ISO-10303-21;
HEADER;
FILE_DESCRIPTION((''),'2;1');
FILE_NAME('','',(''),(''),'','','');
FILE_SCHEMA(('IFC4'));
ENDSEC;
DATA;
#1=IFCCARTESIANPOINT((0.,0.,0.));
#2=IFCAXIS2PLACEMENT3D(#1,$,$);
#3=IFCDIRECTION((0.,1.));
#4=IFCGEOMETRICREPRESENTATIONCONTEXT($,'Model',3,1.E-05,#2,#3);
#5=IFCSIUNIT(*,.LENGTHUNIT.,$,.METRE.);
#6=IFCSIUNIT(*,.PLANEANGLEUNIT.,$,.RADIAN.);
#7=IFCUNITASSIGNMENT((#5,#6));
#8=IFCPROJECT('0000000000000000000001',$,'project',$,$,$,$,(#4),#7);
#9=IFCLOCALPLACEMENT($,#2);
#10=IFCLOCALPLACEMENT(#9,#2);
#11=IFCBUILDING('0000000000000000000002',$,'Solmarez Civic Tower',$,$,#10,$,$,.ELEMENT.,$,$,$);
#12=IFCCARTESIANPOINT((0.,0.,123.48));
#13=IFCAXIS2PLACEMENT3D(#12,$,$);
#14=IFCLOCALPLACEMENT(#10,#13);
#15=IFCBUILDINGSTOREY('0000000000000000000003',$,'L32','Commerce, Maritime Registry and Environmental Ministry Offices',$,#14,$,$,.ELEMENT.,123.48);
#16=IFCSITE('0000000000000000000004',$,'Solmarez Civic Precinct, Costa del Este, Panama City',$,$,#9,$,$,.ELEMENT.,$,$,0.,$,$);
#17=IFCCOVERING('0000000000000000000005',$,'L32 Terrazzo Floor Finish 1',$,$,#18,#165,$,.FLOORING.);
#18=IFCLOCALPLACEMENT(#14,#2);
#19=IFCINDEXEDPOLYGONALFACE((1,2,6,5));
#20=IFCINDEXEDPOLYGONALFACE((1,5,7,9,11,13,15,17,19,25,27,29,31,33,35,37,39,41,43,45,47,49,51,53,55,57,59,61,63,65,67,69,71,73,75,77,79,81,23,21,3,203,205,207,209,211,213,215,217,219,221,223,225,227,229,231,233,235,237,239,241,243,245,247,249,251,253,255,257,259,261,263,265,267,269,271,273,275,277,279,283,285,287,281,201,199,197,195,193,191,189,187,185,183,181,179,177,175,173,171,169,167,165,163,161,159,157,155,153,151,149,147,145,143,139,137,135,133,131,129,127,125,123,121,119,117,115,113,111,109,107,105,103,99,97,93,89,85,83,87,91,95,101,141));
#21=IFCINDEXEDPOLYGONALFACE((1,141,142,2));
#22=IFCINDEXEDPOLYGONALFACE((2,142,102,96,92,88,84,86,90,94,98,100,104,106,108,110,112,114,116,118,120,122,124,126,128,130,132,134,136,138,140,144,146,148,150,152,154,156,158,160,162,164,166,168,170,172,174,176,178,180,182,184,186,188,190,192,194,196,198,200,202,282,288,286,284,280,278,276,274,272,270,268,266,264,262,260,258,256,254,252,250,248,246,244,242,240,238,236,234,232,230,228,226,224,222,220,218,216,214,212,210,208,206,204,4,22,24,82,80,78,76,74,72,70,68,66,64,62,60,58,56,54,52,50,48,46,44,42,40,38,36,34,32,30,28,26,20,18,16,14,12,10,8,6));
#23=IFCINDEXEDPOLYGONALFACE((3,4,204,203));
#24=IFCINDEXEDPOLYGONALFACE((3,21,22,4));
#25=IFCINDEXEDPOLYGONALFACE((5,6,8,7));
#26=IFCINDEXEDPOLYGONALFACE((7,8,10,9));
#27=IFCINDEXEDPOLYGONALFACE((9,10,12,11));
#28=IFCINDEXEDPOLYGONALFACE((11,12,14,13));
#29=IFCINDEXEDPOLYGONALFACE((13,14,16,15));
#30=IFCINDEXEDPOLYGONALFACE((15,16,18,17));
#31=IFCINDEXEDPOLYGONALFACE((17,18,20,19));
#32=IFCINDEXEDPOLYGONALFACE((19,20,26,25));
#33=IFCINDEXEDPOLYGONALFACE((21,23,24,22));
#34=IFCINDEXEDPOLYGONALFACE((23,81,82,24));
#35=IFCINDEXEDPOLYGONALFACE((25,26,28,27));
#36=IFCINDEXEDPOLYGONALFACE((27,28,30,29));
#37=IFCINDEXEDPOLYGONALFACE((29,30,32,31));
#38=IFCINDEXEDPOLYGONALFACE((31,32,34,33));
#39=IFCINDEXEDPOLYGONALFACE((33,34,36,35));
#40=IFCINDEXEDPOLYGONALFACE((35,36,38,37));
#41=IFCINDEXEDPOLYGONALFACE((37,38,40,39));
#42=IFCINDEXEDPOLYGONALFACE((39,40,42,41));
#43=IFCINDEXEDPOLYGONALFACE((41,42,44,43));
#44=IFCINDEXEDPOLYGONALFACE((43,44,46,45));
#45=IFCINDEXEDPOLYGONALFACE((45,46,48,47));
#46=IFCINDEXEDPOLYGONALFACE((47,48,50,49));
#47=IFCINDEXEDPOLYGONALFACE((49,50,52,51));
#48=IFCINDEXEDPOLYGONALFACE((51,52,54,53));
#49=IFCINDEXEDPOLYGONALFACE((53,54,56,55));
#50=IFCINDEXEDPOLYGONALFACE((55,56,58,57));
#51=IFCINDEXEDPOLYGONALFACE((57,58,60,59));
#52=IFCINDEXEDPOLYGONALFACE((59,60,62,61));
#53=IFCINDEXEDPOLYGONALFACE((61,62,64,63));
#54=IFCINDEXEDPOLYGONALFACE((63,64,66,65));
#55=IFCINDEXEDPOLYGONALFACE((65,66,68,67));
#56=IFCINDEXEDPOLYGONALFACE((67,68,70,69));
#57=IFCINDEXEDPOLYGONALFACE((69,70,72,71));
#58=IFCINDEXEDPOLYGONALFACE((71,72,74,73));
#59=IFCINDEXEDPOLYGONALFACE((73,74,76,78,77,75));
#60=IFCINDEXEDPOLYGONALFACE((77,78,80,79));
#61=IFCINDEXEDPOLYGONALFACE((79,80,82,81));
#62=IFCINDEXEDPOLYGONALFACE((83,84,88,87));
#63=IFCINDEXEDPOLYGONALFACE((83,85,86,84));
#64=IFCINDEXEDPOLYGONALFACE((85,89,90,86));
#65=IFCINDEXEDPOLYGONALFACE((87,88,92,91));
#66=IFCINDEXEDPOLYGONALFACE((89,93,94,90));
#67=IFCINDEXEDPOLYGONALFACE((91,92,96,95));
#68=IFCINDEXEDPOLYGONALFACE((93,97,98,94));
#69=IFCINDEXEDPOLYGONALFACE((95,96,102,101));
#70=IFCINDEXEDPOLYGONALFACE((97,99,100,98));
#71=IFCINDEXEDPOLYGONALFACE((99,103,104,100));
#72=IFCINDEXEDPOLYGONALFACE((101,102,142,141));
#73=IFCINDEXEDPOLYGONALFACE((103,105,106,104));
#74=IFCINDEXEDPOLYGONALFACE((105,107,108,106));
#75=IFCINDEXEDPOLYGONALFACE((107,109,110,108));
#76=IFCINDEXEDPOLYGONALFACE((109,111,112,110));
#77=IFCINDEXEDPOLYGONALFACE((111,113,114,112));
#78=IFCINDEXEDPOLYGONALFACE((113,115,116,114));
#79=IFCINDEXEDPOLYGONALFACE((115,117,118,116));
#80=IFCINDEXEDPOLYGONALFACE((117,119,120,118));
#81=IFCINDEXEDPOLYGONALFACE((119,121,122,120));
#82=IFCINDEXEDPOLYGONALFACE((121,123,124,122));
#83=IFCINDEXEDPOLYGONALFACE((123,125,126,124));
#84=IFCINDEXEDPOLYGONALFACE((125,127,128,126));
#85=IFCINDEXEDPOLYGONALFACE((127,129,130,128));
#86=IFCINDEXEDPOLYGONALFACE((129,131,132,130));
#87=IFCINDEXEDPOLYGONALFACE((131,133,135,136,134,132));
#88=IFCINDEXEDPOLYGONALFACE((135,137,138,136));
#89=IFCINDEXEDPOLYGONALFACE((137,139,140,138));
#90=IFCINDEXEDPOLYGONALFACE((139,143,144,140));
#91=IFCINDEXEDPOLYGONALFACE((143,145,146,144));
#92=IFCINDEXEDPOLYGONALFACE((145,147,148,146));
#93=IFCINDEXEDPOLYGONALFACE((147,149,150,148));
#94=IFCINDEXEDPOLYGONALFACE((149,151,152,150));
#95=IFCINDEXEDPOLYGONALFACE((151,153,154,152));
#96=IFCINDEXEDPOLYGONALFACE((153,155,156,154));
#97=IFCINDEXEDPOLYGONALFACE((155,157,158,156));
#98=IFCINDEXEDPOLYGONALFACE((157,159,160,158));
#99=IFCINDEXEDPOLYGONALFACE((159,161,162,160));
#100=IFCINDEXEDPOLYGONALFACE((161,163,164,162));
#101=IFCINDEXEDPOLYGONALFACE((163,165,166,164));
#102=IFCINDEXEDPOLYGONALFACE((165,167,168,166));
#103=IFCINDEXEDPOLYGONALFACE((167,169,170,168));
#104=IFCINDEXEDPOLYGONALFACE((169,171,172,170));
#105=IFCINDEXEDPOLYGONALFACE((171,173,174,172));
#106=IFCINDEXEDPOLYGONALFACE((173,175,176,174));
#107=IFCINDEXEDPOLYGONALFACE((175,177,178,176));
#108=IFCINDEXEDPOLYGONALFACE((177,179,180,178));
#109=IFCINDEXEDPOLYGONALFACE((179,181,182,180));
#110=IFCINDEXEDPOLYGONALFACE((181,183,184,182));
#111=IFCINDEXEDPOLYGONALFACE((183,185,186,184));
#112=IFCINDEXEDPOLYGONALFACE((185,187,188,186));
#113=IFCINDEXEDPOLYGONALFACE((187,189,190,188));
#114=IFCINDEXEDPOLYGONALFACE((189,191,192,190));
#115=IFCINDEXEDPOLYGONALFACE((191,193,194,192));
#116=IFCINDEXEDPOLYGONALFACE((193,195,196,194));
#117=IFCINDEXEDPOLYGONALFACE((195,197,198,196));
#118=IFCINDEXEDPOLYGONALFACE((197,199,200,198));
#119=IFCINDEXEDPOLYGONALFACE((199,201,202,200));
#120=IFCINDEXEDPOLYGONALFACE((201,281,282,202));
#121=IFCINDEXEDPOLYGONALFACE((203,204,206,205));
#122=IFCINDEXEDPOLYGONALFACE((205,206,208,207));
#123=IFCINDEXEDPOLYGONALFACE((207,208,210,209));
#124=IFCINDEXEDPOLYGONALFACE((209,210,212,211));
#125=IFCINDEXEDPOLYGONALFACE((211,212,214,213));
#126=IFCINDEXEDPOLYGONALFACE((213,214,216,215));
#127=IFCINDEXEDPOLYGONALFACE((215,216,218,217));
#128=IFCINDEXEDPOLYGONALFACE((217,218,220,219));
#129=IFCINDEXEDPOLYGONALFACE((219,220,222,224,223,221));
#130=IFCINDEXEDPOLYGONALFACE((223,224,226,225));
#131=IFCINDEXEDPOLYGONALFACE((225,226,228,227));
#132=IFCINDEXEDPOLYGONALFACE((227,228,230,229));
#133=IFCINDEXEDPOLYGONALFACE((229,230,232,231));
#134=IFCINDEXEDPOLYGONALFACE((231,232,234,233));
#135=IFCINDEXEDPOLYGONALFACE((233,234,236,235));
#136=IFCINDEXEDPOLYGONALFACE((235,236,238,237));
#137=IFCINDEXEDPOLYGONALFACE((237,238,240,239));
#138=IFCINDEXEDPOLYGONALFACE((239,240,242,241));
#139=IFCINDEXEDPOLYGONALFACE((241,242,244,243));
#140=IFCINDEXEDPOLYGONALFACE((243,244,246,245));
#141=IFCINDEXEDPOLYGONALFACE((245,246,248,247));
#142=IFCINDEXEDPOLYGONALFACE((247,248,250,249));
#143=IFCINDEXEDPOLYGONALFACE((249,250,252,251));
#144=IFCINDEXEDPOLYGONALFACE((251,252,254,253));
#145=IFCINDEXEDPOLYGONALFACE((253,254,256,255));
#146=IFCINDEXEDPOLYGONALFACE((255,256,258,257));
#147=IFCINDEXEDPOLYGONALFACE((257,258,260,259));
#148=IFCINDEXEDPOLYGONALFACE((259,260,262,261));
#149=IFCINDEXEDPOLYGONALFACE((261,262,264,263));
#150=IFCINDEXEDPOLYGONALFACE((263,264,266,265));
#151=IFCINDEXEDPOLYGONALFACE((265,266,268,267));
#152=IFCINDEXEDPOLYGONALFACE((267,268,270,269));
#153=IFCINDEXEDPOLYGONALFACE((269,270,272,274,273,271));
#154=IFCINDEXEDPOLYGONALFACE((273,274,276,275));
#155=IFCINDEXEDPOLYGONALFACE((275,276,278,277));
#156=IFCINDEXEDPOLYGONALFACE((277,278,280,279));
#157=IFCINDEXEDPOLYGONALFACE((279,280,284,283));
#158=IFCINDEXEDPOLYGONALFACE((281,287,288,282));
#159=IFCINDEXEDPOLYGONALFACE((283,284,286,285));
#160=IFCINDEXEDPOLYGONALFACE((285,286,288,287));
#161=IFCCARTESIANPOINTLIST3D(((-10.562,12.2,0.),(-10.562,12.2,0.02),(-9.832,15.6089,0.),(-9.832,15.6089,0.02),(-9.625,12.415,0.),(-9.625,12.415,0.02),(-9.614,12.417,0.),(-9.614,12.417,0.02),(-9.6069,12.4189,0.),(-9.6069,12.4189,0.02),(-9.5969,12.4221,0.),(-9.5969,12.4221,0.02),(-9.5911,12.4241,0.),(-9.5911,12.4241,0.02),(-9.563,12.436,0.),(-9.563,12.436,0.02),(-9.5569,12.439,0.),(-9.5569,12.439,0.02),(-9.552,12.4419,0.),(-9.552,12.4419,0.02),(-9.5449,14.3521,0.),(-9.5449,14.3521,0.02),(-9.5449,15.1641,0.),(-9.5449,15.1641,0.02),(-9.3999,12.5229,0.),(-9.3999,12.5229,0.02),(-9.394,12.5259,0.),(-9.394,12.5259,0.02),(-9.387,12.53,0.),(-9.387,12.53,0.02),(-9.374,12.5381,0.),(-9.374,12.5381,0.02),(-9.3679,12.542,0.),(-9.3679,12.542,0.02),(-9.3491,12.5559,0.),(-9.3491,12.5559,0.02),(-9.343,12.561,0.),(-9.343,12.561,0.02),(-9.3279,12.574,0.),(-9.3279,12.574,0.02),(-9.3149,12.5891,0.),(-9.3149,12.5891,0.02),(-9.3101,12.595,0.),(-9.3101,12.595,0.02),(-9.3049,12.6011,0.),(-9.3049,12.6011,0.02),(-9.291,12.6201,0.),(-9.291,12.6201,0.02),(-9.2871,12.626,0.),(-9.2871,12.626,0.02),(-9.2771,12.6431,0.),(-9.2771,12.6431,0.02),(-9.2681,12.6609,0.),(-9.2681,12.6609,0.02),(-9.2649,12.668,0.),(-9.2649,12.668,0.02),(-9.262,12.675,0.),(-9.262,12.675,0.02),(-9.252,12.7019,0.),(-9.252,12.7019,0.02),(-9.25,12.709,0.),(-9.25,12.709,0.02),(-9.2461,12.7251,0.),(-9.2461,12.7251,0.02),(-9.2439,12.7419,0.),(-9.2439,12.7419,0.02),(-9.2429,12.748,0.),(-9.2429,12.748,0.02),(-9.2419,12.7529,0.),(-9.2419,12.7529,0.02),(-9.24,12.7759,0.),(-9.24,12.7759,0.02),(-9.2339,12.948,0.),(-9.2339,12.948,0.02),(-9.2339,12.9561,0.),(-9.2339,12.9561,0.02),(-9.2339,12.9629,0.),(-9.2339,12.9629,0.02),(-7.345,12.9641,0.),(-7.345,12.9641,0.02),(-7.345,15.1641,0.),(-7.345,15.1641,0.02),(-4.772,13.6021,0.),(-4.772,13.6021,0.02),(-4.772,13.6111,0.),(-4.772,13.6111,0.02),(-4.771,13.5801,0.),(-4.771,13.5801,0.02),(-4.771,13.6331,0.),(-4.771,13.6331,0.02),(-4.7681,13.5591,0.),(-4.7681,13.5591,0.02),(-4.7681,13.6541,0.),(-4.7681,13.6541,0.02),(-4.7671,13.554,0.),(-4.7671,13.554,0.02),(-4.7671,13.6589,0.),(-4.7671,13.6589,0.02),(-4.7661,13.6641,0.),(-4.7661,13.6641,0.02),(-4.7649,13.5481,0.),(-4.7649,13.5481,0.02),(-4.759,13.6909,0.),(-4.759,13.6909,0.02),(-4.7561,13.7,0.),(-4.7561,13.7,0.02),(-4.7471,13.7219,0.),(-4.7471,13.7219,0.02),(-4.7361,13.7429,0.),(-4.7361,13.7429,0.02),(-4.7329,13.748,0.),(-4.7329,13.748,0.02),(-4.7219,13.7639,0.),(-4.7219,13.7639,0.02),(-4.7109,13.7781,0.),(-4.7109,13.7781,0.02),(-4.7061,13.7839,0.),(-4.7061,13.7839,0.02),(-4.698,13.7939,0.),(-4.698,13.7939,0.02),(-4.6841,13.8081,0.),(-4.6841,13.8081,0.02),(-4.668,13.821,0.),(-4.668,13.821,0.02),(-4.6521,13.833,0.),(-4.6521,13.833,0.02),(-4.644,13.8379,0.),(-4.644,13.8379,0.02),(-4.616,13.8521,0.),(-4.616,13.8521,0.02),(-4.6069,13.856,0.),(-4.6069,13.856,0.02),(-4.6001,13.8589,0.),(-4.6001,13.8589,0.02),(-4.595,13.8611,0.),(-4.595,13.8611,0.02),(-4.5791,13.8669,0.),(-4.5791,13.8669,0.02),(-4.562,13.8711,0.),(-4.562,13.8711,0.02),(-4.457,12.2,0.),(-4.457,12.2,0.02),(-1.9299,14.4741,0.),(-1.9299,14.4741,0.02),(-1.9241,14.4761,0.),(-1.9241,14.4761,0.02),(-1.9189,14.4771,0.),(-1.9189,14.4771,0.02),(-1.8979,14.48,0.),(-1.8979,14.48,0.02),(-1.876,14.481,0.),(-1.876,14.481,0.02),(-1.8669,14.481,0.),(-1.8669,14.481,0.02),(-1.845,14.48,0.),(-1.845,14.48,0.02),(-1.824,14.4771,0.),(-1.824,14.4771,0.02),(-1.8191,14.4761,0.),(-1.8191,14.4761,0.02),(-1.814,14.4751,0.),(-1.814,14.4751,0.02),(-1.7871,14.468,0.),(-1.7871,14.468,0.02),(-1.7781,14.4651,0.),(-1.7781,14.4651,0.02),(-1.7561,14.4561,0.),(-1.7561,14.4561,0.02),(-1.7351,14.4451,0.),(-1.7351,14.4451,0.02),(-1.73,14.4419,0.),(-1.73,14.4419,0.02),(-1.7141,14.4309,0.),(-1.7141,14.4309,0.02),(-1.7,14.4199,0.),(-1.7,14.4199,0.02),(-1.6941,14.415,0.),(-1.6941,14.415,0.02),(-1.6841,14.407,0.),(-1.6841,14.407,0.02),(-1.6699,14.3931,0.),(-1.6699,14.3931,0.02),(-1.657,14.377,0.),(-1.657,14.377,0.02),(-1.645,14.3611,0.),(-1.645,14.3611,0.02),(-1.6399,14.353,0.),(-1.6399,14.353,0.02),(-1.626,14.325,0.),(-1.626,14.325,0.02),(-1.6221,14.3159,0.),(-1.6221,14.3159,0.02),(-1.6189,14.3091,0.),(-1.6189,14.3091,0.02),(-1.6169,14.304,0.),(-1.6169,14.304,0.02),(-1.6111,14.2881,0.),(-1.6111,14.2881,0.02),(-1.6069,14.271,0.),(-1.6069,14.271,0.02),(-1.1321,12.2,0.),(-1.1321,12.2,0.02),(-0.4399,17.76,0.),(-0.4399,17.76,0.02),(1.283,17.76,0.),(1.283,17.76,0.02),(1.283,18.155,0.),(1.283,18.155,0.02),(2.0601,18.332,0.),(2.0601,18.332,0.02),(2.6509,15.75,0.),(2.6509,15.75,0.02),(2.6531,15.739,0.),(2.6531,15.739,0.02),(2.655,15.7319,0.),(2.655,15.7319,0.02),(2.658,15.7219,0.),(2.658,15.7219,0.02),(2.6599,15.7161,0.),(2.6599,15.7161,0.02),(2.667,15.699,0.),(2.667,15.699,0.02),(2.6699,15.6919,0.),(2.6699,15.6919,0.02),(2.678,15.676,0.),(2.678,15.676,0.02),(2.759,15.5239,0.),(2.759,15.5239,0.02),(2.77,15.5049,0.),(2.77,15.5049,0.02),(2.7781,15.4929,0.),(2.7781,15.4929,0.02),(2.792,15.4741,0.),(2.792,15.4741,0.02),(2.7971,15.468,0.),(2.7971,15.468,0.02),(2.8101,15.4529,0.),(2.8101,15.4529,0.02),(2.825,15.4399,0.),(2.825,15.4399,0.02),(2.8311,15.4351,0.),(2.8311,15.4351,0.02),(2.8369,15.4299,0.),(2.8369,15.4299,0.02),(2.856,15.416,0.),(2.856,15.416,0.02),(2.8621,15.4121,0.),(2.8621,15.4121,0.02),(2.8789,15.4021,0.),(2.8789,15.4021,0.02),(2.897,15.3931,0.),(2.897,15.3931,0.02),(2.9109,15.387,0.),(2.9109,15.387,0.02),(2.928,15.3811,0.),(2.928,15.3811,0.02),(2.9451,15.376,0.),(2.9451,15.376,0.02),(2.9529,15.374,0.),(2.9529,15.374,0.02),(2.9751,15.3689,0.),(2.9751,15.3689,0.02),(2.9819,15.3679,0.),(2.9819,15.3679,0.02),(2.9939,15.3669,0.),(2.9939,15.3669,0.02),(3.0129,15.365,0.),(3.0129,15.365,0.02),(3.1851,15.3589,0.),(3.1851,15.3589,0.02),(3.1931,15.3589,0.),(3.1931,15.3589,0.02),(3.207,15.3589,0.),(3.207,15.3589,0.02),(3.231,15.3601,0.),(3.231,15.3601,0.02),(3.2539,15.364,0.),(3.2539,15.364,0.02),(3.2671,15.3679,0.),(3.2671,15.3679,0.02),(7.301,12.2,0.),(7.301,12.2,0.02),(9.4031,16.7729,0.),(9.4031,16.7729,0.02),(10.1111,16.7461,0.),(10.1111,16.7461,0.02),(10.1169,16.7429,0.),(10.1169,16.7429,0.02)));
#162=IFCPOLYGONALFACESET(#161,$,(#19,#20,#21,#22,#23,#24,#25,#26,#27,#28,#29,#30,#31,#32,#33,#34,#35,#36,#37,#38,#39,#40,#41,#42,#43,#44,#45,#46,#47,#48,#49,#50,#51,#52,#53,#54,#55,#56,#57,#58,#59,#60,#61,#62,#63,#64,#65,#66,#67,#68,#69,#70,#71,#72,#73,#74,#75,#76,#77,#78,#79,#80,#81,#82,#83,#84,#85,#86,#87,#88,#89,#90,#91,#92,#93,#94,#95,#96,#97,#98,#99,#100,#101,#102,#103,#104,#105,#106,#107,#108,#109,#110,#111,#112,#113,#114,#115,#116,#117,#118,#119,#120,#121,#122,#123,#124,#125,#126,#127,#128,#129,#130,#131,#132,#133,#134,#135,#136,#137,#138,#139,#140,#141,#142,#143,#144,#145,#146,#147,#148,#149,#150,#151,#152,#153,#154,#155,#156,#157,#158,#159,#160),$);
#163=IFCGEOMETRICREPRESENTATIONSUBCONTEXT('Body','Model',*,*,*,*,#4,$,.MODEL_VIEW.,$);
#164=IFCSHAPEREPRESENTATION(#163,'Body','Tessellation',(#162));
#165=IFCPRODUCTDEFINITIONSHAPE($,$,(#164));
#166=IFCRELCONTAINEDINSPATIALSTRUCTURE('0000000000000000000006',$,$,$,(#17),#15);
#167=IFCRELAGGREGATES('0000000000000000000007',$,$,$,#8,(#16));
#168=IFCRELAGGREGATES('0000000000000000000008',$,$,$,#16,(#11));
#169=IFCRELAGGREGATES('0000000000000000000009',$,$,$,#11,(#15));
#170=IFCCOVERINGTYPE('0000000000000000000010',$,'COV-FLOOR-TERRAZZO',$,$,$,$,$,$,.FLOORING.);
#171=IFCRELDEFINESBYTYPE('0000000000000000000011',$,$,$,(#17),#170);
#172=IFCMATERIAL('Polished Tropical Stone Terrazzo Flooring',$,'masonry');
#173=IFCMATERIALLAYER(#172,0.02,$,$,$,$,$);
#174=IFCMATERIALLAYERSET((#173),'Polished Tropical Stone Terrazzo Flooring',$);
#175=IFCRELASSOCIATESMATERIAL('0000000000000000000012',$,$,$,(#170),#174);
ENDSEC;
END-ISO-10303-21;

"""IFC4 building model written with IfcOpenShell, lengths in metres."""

from ifc_helpers import new_model, si_unit, direction, frame, origin, place, context, subcontext, project, spatial, polyline, outline, extrude, material, layer, layer_set, type_object, element, save


model = new_model("IFC4")

# Units and contexts
model_context = context("Model", 3, precision=1e-05, world=origin(), true_north=direction((0.0, 1.0)))
body_context = subcontext(model_context, "Body", "Model", "MODEL_VIEW")
ifc_project = project(units=[si_unit("LENGTHUNIT", "METRE"), si_unit("PLANEANGLEUNIT", "RADIAN")], contexts=[model_context])

# Site, building, storey
site_placement = place(None, origin())
site = spatial("IfcSite", under=ifc_project, at=site_placement, Name="Solmarez Civic Precinct, Costa del Este, Panama City", CompositionType="ELEMENT", RefElevation=0.0)
building_placement = place(site_placement, origin())
building = spatial("IfcBuilding", under=site, at=building_placement, Name="Solmarez Civic Tower", CompositionType="ELEMENT")
storey_placement = place(building_placement, frame((0.0, 0.0, 123.48)))
storey = spatial("IfcBuildingStorey", under=building, at=storey_placement, Name="L32", Description="Commerce, Maritime Registry and Environmental Ministry Offices", CompositionType="ELEMENT", Elevation=123.48)

# Covering
ifc_material_1 = material(Name="Polished Tropical Stone Terrazzo Flooring", Category="masonry")
ifc_layer_1 = layer(ifc_material_1, 0.02)
ifc_layer_set_1 = layer_set([ifc_layer_1], Name="Polished Tropical Stone Terrazzo Flooring")
covering_type_1 = type_object("IfcCoveringType", Name="COV-FLOOR-TERRAZZO", PredefinedType="FLOORING", material=ifc_layer_set_1)
covering_1_placement = place(storey_placement, origin())
element("IfcCovering", 1, at=covering_1_placement, inside=storey, type_object=covering_type_1, Name="L32 Terrazzo Floor Finish 1", PredefinedType="FLOORING", context=body_context, shape_type="SweptSolid", body=[
    extrude(outline(polyline([(-9.832, 15.6089), (-9.5449, 14.3521), (-9.5449, 15.1641), (-7.345, 15.1641), (-7.345, 12.9641), (-9.2339, 12.9629), (-9.2339, 12.9561), (-9.2339, 12.948), (-9.24, 12.7759), (-9.2419, 12.7529), (-9.2429, 12.748), (-9.2439, 12.7419), (-9.2461, 12.7251), (-9.25, 12.709), (-9.252, 12.7019), (-9.262, 12.675), (-9.2649, 12.668), (-9.2681, 12.6609), (-9.2771, 12.6431), (-9.2871, 12.626), (-9.291, 12.6201), (-9.3049, 12.6011), (-9.3101, 12.595), (-9.3149, 12.5891), (-9.3279, 12.574), (-9.343, 12.561), (-9.3491, 12.5559), (-9.3679, 12.542), (-9.374, 12.5381), (-9.387, 12.53), (-9.394, 12.5259), (-9.3999, 12.5229), (-9.552, 12.4419), (-9.5569, 12.439), (-9.563, 12.436), (-9.5911, 12.4241), (-9.5969, 12.4221), (-9.6069, 12.4189), (-9.614, 12.417), (-9.625, 12.415), (-10.562, 12.2), (-4.457, 12.2), (-4.7649, 13.5481), (-4.7671, 13.554), (-4.7681, 13.5591), (-4.771, 13.5801), (-4.772, 13.6021), (-4.772, 13.6111), (-4.771, 13.6331), (-4.7681, 13.6541), (-4.7671, 13.6589), (-4.7661, 13.6641), (-4.759, 13.6909), (-4.7561, 13.7), (-4.7471, 13.7219), (-4.7361, 13.7429), (-4.7329, 13.748), (-4.7219, 13.7639), (-4.7109, 13.7781), (-4.7061, 13.7839), (-4.698, 13.7939), (-4.6841, 13.8081), (-4.668, 13.821), (-4.6521, 13.833), (-4.644, 13.8379), (-4.616, 13.8521), (-4.6069, 13.856), (-4.6001, 13.8589), (-4.595, 13.8611), (-4.5791, 13.8669), (-4.562, 13.8711), (-1.9299, 14.4741), (-1.9241, 14.4761), (-1.9189, 14.4771), (-1.8979, 14.48), (-1.876, 14.481), (-1.8669, 14.481), (-1.845, 14.48), (-1.824, 14.4771), (-1.8191, 14.4761), (-1.814, 14.4751), (-1.7871, 14.468), (-1.7781, 14.4651), (-1.7561, 14.4561), (-1.7351, 14.4451), (-1.73, 14.4419), (-1.7141, 14.4309), (-1.7, 14.4199), (-1.6941, 14.415), (-1.6841, 14.407), (-1.6699, 14.3931), (-1.657, 14.377), (-1.645, 14.3611), (-1.6399, 14.353), (-1.626, 14.325), (-1.6221, 14.3159), (-1.6189, 14.3091), (-1.6169, 14.304), (-1.6111, 14.2881), (-1.6069, 14.271), (-1.1321, 12.2), (7.301, 12.2), (10.1169, 16.7429), (10.1111, 16.7461), (9.4031, 16.7729), (3.2671, 15.3679), (3.2539, 15.364), (3.231, 15.3601), (3.207, 15.3589), (3.1931, 15.3589), (3.1851, 15.3589), (3.0129, 15.365), (2.9939, 15.3669), (2.9819, 15.3679), (2.9751, 15.3689), (2.9529, 15.374), (2.9451, 15.376), (2.928, 15.3811), (2.9109, 15.387), (2.897, 15.3931), (2.8789, 15.4021), (2.8621, 15.4121), (2.856, 15.416), (2.8369, 15.4299), (2.8311, 15.4351), (2.825, 15.4399), (2.8101, 15.4529), (2.7971, 15.468), (2.792, 15.4741), (2.7781, 15.4929), (2.77, 15.5049), (2.759, 15.5239), (2.678, 15.676), (2.6699, 15.6919), (2.667, 15.699), (2.6599, 15.7161), (2.658, 15.7219), (2.655, 15.7319), (2.6531, 15.739), (2.6509, 15.75), (2.0601, 18.332), (1.283, 18.155), (1.283, 17.76), (-0.4399, 17.76), (-9.832, 15.6089)])), origin(), (0.0, 0.0, 1.0), 0.02),
])

save(model, "model.ifc")
